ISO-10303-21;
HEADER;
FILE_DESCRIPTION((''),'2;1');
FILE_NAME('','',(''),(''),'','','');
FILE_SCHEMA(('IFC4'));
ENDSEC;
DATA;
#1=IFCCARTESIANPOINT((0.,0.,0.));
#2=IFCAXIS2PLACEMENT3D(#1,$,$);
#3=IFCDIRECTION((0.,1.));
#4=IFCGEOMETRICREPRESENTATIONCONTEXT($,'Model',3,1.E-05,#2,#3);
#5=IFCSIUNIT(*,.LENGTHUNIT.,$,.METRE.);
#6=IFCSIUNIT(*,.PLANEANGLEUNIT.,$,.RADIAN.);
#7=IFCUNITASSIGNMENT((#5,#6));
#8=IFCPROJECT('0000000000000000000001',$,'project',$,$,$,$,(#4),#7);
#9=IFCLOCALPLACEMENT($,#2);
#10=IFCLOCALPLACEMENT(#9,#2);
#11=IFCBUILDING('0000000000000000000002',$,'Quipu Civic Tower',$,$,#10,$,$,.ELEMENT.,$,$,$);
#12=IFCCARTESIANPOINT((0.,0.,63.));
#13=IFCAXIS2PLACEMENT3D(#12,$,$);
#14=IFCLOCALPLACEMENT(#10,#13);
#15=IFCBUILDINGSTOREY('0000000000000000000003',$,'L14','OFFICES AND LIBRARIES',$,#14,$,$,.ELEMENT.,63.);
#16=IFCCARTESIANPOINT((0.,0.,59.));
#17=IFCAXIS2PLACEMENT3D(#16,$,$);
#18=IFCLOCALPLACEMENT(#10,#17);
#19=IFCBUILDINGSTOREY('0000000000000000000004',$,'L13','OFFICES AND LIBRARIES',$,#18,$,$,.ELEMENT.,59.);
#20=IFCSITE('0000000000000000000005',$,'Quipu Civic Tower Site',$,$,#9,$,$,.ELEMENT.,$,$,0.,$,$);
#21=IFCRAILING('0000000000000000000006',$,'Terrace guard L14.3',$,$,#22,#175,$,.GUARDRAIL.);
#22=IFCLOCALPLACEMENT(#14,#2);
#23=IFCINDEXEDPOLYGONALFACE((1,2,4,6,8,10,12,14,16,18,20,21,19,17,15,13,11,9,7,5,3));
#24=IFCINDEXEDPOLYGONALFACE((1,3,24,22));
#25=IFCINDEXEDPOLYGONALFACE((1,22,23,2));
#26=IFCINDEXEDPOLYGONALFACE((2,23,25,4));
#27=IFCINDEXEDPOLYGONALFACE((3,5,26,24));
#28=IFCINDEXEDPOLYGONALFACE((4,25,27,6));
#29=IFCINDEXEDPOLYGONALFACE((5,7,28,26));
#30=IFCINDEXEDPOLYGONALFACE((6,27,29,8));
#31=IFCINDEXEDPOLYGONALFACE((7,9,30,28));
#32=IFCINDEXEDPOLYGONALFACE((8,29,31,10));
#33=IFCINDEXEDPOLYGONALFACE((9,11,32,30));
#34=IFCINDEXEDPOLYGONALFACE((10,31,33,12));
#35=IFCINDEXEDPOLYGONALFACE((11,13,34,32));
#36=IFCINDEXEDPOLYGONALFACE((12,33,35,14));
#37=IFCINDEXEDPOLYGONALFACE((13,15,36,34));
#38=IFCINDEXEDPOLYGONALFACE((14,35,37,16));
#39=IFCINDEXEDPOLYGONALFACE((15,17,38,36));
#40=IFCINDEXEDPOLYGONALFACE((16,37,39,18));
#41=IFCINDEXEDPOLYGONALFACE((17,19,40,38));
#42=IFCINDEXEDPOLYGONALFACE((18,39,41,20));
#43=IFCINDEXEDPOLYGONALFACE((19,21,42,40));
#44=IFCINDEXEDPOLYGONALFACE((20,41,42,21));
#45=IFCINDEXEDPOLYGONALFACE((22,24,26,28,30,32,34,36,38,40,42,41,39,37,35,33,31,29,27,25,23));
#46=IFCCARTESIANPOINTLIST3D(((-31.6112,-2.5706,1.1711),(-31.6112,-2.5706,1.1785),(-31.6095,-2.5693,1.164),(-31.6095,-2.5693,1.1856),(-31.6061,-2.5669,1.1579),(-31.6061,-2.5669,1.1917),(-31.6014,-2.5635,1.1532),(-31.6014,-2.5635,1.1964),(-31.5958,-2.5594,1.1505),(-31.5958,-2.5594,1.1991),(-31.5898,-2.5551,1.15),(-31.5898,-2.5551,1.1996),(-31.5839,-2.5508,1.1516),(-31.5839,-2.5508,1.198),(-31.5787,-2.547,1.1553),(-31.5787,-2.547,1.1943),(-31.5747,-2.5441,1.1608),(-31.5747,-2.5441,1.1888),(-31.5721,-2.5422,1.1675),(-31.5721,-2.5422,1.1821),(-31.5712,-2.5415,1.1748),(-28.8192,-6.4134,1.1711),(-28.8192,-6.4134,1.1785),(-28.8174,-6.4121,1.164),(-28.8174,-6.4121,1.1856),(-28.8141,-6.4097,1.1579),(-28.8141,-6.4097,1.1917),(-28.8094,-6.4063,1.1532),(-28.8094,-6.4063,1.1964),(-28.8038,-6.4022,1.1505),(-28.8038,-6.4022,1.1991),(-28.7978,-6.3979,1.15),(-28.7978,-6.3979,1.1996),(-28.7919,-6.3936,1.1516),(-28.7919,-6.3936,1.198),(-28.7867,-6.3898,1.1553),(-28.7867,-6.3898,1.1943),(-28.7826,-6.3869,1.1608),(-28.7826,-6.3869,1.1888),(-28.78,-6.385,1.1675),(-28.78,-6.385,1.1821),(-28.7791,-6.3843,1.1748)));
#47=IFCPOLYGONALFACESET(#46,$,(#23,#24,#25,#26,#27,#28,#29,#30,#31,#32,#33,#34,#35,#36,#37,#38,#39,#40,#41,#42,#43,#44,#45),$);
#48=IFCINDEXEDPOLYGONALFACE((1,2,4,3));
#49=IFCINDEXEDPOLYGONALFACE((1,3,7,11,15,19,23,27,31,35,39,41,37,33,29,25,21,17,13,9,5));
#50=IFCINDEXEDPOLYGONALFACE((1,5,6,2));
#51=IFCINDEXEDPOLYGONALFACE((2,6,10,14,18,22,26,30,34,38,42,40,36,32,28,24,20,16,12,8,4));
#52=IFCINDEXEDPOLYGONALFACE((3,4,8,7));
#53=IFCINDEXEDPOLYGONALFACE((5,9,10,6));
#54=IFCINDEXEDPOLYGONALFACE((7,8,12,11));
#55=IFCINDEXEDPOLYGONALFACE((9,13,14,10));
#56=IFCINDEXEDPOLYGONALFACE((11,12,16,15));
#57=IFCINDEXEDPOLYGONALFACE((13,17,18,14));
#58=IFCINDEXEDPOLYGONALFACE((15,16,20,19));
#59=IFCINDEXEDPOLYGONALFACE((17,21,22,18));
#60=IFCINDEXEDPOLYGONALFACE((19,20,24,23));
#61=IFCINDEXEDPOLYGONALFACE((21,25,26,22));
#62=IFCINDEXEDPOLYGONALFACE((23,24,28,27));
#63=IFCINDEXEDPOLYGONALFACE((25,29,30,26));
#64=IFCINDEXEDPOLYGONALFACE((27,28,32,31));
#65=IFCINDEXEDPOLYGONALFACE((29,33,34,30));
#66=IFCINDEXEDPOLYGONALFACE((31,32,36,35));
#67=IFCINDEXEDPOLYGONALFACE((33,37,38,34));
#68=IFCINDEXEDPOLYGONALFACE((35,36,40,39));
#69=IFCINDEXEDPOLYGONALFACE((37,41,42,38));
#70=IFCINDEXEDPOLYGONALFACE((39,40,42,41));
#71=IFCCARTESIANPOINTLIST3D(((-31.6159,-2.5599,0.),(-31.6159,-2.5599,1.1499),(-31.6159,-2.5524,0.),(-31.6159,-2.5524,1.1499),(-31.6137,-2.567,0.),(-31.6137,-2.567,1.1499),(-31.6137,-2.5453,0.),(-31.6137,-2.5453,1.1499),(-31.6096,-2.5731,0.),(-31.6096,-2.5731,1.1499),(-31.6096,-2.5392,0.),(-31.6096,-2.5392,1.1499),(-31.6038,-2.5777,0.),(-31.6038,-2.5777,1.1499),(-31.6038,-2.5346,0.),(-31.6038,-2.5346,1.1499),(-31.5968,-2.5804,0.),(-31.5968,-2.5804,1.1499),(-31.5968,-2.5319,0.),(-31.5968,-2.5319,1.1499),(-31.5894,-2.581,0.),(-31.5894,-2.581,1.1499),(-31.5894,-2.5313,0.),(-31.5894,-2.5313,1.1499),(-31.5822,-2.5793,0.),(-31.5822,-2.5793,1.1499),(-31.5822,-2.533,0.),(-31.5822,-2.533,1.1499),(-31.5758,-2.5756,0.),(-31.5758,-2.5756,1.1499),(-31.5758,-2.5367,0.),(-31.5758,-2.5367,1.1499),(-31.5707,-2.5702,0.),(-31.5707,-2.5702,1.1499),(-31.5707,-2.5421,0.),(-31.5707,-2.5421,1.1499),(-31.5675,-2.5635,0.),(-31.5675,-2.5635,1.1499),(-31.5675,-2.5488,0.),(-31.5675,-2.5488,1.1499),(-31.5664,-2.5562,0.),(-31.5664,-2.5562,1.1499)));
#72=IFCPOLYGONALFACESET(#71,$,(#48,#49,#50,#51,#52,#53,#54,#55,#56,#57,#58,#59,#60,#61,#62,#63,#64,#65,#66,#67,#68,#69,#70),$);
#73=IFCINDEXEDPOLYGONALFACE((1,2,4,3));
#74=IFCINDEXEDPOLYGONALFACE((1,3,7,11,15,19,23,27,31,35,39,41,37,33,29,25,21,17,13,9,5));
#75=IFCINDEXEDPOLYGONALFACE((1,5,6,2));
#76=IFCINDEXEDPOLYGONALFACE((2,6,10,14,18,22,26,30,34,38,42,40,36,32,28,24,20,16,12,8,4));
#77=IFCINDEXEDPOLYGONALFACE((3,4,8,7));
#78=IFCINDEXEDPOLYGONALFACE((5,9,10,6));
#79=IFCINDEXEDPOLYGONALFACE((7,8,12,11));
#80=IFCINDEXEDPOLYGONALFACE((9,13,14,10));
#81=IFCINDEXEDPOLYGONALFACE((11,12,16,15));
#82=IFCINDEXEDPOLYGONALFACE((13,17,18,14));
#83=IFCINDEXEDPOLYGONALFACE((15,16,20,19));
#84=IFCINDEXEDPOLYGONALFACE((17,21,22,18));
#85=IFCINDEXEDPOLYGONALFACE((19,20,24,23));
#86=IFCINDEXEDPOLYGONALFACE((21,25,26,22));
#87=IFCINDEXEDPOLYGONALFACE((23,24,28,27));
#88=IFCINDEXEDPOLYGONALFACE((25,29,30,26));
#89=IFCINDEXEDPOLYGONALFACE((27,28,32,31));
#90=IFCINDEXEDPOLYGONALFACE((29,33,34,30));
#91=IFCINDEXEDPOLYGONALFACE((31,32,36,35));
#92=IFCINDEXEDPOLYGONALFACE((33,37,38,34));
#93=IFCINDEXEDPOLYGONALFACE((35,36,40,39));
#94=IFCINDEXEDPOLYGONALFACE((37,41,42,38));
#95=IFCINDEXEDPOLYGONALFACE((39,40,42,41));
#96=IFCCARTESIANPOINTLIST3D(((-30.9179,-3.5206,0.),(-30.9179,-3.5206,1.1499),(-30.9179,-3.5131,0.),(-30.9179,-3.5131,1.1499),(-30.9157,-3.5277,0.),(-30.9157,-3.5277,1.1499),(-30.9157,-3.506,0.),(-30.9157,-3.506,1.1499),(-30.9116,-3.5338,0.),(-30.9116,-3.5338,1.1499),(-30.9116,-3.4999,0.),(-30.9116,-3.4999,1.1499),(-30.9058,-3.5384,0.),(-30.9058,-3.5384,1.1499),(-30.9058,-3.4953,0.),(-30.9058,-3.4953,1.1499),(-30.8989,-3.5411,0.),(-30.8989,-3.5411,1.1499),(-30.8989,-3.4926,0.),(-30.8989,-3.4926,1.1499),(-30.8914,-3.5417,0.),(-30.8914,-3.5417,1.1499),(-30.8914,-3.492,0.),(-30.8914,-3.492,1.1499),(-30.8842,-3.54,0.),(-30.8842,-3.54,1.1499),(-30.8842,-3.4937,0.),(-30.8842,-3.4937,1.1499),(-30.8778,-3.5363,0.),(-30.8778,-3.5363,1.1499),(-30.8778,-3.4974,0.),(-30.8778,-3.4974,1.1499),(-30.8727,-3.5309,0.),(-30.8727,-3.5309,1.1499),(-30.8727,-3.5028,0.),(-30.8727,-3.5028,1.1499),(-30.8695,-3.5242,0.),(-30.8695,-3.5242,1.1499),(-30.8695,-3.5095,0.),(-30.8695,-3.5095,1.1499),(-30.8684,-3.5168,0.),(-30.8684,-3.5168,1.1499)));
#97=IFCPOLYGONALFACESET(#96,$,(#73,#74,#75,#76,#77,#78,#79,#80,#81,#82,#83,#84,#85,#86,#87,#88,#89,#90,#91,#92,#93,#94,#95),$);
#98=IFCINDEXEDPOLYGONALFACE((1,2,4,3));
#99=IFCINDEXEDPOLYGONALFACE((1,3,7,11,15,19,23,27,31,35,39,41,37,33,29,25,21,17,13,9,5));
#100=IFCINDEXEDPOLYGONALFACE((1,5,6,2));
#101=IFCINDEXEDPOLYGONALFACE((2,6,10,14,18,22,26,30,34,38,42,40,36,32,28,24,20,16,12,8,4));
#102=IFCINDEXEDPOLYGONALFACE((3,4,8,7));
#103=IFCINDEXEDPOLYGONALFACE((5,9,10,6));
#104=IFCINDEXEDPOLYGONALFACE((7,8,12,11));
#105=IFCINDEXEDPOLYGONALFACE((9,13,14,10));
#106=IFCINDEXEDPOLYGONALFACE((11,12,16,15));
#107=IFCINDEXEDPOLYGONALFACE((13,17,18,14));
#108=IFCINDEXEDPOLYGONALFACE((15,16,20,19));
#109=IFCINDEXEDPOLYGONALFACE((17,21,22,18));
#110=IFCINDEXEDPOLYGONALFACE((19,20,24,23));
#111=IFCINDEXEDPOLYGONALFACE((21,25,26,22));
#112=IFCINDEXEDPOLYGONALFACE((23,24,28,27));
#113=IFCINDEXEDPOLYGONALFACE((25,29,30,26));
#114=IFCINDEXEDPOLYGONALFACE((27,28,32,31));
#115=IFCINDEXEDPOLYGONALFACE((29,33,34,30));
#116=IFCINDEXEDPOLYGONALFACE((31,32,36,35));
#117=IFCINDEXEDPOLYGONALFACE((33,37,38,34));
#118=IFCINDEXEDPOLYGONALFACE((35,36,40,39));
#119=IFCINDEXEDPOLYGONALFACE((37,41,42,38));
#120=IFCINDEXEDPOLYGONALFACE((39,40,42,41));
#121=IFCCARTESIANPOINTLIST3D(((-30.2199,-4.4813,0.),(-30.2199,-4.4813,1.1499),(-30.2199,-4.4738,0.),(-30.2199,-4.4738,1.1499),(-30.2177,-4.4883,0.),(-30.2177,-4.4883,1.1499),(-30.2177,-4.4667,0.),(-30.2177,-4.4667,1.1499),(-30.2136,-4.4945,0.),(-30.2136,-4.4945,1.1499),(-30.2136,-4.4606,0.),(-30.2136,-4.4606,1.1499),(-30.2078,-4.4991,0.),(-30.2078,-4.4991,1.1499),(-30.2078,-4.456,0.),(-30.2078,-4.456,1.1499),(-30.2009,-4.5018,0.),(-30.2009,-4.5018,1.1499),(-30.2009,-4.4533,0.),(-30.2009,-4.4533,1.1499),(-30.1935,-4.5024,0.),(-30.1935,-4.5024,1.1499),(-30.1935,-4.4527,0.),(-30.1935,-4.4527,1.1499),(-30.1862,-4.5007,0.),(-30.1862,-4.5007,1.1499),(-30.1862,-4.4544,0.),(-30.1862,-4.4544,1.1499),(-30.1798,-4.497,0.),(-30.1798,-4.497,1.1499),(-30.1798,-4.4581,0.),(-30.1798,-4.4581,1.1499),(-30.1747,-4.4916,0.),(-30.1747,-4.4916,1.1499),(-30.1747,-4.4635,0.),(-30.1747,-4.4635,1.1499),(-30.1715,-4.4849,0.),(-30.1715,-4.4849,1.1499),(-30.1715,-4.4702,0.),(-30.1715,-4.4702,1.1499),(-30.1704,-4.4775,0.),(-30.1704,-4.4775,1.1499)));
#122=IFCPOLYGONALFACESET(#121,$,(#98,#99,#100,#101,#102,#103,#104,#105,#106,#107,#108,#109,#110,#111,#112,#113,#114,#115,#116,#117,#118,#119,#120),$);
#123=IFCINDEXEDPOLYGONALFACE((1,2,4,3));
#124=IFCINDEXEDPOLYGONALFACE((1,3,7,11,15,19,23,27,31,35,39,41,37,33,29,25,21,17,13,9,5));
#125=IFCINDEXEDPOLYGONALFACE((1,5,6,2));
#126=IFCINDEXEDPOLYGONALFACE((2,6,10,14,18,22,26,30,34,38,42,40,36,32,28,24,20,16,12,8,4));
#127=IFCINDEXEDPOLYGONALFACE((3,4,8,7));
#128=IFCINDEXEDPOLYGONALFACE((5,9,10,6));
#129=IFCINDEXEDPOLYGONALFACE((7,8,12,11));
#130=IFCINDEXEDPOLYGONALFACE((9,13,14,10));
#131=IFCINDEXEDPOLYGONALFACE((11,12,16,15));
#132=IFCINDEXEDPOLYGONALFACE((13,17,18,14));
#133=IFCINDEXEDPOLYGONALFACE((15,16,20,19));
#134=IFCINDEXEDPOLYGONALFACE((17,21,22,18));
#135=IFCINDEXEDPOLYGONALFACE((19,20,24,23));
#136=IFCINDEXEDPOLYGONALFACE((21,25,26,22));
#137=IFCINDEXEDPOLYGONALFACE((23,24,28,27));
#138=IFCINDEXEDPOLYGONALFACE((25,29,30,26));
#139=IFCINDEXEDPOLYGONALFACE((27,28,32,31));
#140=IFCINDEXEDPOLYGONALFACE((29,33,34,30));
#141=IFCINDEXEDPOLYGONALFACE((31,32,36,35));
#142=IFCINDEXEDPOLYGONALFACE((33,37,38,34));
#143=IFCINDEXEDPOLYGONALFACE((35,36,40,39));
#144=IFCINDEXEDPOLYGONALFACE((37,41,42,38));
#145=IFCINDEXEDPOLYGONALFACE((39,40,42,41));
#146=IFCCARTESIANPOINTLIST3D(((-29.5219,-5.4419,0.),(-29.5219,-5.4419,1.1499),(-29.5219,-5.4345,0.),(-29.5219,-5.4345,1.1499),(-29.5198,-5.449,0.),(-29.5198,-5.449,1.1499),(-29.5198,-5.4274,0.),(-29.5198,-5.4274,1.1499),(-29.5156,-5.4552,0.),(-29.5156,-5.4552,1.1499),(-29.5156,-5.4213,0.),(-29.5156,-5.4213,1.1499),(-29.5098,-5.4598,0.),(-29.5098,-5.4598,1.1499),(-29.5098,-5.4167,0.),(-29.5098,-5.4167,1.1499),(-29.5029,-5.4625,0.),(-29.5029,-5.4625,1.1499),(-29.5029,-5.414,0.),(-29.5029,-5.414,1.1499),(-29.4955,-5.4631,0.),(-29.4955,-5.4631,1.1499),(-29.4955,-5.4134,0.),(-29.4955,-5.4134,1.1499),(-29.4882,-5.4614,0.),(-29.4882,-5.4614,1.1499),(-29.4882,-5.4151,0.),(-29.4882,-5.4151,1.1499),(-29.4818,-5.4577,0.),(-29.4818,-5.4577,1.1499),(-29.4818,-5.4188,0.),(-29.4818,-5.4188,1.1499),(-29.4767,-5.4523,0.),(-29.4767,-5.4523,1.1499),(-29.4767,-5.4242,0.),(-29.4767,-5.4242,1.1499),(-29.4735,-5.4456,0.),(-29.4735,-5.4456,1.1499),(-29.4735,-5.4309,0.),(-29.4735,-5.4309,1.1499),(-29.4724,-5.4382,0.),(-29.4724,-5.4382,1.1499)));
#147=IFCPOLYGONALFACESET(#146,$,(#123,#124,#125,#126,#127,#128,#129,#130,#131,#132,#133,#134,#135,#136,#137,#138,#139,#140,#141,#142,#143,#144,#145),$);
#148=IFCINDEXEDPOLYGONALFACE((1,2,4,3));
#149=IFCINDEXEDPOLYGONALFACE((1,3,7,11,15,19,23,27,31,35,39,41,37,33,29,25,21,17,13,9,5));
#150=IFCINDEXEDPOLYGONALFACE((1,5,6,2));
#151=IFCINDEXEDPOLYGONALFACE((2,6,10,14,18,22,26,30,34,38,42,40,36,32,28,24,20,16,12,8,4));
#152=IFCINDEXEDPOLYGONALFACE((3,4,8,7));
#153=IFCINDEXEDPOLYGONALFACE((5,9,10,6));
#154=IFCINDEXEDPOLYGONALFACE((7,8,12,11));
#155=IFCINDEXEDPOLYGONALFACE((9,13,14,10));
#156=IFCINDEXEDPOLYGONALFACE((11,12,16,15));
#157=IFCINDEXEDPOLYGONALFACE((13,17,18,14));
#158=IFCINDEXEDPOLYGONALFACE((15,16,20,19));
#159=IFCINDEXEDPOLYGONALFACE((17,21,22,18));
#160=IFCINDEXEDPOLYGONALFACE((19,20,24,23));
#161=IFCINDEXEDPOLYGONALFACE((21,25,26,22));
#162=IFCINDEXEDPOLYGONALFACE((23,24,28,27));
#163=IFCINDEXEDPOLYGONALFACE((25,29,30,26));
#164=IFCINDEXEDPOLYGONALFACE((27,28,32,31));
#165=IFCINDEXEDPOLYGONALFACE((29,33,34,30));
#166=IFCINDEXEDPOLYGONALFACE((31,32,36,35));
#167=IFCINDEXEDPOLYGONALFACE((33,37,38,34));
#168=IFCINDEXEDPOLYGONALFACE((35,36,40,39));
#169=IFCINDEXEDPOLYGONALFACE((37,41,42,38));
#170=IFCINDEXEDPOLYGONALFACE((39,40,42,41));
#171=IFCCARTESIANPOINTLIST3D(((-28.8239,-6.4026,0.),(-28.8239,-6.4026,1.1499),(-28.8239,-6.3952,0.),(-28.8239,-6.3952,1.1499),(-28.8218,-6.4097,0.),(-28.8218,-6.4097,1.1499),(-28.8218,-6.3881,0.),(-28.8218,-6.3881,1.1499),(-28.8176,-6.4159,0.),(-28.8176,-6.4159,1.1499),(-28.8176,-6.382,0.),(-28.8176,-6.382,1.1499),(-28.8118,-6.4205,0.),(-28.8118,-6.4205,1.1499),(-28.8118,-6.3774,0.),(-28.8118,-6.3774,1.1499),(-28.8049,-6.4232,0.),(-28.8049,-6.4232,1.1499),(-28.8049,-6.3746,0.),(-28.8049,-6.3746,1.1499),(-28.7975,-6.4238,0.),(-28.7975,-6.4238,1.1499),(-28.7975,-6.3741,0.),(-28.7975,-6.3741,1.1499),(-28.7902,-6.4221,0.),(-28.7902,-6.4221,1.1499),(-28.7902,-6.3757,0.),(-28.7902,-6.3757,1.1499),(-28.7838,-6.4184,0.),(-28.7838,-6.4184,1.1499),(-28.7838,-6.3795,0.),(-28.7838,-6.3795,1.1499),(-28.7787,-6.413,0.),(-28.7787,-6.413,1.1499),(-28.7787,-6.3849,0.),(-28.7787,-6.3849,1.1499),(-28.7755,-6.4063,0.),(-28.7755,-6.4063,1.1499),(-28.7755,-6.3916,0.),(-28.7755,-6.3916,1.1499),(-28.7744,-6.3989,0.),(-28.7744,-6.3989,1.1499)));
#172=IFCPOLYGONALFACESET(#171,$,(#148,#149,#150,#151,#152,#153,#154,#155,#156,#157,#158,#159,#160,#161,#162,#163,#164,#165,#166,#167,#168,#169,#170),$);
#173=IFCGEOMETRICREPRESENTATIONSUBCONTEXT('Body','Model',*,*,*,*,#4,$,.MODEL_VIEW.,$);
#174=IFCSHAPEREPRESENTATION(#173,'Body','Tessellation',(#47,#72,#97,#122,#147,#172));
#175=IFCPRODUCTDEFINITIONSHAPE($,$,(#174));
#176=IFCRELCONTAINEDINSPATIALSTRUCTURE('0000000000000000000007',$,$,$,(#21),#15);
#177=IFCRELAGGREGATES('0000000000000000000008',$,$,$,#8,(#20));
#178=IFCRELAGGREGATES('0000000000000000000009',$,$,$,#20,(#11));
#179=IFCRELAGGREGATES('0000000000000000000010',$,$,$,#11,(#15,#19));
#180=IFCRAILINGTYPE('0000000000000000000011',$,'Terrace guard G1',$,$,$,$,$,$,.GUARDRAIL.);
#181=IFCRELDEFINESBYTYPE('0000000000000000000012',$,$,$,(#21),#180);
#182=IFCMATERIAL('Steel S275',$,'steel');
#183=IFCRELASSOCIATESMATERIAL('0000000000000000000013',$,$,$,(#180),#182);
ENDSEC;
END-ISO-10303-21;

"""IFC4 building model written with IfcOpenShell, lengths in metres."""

from ifc_helpers import new_model, si_unit, direction, frame, origin, origin_2d, place, context, subcontext, project, spatial, circle, extrude, material, type_object, element, save


model = new_model("IFC4")

# Units and contexts
model_context = context("Model", 3, precision=1e-05, world=origin(), true_north=direction((0.0, 1.0)))
body_context = subcontext(model_context, "Body", "Model", "MODEL_VIEW")
ifc_project = project(units=[si_unit("LENGTHUNIT", "METRE"), si_unit("PLANEANGLEUNIT", "RADIAN")], contexts=[model_context])

# Site, building, storey
site_placement = place(None, origin())
site = spatial("IfcSite", under=ifc_project, at=site_placement, Name="Quipu Civic Tower Site", CompositionType="ELEMENT", RefElevation=0.0)
building_placement = place(site_placement, origin())
building = spatial("IfcBuilding", under=site, at=building_placement, Name="Quipu Civic Tower", CompositionType="ELEMENT")
storey_1_placement = place(building_placement, frame((0.0, 0.0, 63.0)))
storey_1 = spatial("IfcBuildingStorey", under=building, at=storey_1_placement, Name="L14", Description="OFFICES AND LIBRARIES", CompositionType="ELEMENT", Elevation=63.0)

# Shared definitions
storey_2_placement = place(building_placement, frame((0.0, 0.0, 59.0)))
storey_2 = spatial("IfcBuildingStorey", under=building, at=storey_2_placement, Name="L13", Description="OFFICES AND LIBRARIES", CompositionType="ELEMENT", Elevation=59.0)

# Railing
ifc_material_1 = material(Name="Steel S275", Category="steel")
railing_type = type_object("IfcRailingType", Name="Terrace guard G1", PredefinedType="GUARDRAIL", material=ifc_material_1)
railing_1_placement = place(storey_1_placement, frame((-31.5913, -2.5562, 0.0)))
element("IfcRailing", 1, at=railing_1_placement, inside=storey_1, type_object=railing_type, Name="Terrace guard L14.3", PredefinedType="GUARDRAIL", context=body_context, shape_type="SweptSolid", body=[
    extrude(circle(Radius=0.0249, at=origin_2d()), frame((0.0, 0.0, 1.1748), z_axis=(0.587793, -0.809012, 0.0), x_axis=(0.809012, 0.587793, 0.0)), (0.0, 0.0, 1.0), 4.75),
    extrude(circle(Radius=0.0249, at=origin_2d()), origin(), (0.0, 0.0, 1.0), 1.1499),
    extrude(circle(Radius=0.0249, at=origin_2d()), frame((0.698, -0.9607, 0.0)), (0.0, 0.0, 1.0), 1.1499),
    extrude(circle(Radius=0.0249, at=origin_2d()), frame((1.396, -1.9214, 0.0)), (0.0, 0.0, 1.0), 1.1499),
    extrude(circle(Radius=0.0249, at=origin_2d()), frame((2.094, -2.8821, 0.0)), (0.0, 0.0, 1.0), 1.1499),
    extrude(circle(Radius=0.0249, at=origin_2d()), frame((2.792, -3.8428, 0.0)), (0.0, 0.0, 1.0), 1.1499),
])

save(model, "model.ifc")
